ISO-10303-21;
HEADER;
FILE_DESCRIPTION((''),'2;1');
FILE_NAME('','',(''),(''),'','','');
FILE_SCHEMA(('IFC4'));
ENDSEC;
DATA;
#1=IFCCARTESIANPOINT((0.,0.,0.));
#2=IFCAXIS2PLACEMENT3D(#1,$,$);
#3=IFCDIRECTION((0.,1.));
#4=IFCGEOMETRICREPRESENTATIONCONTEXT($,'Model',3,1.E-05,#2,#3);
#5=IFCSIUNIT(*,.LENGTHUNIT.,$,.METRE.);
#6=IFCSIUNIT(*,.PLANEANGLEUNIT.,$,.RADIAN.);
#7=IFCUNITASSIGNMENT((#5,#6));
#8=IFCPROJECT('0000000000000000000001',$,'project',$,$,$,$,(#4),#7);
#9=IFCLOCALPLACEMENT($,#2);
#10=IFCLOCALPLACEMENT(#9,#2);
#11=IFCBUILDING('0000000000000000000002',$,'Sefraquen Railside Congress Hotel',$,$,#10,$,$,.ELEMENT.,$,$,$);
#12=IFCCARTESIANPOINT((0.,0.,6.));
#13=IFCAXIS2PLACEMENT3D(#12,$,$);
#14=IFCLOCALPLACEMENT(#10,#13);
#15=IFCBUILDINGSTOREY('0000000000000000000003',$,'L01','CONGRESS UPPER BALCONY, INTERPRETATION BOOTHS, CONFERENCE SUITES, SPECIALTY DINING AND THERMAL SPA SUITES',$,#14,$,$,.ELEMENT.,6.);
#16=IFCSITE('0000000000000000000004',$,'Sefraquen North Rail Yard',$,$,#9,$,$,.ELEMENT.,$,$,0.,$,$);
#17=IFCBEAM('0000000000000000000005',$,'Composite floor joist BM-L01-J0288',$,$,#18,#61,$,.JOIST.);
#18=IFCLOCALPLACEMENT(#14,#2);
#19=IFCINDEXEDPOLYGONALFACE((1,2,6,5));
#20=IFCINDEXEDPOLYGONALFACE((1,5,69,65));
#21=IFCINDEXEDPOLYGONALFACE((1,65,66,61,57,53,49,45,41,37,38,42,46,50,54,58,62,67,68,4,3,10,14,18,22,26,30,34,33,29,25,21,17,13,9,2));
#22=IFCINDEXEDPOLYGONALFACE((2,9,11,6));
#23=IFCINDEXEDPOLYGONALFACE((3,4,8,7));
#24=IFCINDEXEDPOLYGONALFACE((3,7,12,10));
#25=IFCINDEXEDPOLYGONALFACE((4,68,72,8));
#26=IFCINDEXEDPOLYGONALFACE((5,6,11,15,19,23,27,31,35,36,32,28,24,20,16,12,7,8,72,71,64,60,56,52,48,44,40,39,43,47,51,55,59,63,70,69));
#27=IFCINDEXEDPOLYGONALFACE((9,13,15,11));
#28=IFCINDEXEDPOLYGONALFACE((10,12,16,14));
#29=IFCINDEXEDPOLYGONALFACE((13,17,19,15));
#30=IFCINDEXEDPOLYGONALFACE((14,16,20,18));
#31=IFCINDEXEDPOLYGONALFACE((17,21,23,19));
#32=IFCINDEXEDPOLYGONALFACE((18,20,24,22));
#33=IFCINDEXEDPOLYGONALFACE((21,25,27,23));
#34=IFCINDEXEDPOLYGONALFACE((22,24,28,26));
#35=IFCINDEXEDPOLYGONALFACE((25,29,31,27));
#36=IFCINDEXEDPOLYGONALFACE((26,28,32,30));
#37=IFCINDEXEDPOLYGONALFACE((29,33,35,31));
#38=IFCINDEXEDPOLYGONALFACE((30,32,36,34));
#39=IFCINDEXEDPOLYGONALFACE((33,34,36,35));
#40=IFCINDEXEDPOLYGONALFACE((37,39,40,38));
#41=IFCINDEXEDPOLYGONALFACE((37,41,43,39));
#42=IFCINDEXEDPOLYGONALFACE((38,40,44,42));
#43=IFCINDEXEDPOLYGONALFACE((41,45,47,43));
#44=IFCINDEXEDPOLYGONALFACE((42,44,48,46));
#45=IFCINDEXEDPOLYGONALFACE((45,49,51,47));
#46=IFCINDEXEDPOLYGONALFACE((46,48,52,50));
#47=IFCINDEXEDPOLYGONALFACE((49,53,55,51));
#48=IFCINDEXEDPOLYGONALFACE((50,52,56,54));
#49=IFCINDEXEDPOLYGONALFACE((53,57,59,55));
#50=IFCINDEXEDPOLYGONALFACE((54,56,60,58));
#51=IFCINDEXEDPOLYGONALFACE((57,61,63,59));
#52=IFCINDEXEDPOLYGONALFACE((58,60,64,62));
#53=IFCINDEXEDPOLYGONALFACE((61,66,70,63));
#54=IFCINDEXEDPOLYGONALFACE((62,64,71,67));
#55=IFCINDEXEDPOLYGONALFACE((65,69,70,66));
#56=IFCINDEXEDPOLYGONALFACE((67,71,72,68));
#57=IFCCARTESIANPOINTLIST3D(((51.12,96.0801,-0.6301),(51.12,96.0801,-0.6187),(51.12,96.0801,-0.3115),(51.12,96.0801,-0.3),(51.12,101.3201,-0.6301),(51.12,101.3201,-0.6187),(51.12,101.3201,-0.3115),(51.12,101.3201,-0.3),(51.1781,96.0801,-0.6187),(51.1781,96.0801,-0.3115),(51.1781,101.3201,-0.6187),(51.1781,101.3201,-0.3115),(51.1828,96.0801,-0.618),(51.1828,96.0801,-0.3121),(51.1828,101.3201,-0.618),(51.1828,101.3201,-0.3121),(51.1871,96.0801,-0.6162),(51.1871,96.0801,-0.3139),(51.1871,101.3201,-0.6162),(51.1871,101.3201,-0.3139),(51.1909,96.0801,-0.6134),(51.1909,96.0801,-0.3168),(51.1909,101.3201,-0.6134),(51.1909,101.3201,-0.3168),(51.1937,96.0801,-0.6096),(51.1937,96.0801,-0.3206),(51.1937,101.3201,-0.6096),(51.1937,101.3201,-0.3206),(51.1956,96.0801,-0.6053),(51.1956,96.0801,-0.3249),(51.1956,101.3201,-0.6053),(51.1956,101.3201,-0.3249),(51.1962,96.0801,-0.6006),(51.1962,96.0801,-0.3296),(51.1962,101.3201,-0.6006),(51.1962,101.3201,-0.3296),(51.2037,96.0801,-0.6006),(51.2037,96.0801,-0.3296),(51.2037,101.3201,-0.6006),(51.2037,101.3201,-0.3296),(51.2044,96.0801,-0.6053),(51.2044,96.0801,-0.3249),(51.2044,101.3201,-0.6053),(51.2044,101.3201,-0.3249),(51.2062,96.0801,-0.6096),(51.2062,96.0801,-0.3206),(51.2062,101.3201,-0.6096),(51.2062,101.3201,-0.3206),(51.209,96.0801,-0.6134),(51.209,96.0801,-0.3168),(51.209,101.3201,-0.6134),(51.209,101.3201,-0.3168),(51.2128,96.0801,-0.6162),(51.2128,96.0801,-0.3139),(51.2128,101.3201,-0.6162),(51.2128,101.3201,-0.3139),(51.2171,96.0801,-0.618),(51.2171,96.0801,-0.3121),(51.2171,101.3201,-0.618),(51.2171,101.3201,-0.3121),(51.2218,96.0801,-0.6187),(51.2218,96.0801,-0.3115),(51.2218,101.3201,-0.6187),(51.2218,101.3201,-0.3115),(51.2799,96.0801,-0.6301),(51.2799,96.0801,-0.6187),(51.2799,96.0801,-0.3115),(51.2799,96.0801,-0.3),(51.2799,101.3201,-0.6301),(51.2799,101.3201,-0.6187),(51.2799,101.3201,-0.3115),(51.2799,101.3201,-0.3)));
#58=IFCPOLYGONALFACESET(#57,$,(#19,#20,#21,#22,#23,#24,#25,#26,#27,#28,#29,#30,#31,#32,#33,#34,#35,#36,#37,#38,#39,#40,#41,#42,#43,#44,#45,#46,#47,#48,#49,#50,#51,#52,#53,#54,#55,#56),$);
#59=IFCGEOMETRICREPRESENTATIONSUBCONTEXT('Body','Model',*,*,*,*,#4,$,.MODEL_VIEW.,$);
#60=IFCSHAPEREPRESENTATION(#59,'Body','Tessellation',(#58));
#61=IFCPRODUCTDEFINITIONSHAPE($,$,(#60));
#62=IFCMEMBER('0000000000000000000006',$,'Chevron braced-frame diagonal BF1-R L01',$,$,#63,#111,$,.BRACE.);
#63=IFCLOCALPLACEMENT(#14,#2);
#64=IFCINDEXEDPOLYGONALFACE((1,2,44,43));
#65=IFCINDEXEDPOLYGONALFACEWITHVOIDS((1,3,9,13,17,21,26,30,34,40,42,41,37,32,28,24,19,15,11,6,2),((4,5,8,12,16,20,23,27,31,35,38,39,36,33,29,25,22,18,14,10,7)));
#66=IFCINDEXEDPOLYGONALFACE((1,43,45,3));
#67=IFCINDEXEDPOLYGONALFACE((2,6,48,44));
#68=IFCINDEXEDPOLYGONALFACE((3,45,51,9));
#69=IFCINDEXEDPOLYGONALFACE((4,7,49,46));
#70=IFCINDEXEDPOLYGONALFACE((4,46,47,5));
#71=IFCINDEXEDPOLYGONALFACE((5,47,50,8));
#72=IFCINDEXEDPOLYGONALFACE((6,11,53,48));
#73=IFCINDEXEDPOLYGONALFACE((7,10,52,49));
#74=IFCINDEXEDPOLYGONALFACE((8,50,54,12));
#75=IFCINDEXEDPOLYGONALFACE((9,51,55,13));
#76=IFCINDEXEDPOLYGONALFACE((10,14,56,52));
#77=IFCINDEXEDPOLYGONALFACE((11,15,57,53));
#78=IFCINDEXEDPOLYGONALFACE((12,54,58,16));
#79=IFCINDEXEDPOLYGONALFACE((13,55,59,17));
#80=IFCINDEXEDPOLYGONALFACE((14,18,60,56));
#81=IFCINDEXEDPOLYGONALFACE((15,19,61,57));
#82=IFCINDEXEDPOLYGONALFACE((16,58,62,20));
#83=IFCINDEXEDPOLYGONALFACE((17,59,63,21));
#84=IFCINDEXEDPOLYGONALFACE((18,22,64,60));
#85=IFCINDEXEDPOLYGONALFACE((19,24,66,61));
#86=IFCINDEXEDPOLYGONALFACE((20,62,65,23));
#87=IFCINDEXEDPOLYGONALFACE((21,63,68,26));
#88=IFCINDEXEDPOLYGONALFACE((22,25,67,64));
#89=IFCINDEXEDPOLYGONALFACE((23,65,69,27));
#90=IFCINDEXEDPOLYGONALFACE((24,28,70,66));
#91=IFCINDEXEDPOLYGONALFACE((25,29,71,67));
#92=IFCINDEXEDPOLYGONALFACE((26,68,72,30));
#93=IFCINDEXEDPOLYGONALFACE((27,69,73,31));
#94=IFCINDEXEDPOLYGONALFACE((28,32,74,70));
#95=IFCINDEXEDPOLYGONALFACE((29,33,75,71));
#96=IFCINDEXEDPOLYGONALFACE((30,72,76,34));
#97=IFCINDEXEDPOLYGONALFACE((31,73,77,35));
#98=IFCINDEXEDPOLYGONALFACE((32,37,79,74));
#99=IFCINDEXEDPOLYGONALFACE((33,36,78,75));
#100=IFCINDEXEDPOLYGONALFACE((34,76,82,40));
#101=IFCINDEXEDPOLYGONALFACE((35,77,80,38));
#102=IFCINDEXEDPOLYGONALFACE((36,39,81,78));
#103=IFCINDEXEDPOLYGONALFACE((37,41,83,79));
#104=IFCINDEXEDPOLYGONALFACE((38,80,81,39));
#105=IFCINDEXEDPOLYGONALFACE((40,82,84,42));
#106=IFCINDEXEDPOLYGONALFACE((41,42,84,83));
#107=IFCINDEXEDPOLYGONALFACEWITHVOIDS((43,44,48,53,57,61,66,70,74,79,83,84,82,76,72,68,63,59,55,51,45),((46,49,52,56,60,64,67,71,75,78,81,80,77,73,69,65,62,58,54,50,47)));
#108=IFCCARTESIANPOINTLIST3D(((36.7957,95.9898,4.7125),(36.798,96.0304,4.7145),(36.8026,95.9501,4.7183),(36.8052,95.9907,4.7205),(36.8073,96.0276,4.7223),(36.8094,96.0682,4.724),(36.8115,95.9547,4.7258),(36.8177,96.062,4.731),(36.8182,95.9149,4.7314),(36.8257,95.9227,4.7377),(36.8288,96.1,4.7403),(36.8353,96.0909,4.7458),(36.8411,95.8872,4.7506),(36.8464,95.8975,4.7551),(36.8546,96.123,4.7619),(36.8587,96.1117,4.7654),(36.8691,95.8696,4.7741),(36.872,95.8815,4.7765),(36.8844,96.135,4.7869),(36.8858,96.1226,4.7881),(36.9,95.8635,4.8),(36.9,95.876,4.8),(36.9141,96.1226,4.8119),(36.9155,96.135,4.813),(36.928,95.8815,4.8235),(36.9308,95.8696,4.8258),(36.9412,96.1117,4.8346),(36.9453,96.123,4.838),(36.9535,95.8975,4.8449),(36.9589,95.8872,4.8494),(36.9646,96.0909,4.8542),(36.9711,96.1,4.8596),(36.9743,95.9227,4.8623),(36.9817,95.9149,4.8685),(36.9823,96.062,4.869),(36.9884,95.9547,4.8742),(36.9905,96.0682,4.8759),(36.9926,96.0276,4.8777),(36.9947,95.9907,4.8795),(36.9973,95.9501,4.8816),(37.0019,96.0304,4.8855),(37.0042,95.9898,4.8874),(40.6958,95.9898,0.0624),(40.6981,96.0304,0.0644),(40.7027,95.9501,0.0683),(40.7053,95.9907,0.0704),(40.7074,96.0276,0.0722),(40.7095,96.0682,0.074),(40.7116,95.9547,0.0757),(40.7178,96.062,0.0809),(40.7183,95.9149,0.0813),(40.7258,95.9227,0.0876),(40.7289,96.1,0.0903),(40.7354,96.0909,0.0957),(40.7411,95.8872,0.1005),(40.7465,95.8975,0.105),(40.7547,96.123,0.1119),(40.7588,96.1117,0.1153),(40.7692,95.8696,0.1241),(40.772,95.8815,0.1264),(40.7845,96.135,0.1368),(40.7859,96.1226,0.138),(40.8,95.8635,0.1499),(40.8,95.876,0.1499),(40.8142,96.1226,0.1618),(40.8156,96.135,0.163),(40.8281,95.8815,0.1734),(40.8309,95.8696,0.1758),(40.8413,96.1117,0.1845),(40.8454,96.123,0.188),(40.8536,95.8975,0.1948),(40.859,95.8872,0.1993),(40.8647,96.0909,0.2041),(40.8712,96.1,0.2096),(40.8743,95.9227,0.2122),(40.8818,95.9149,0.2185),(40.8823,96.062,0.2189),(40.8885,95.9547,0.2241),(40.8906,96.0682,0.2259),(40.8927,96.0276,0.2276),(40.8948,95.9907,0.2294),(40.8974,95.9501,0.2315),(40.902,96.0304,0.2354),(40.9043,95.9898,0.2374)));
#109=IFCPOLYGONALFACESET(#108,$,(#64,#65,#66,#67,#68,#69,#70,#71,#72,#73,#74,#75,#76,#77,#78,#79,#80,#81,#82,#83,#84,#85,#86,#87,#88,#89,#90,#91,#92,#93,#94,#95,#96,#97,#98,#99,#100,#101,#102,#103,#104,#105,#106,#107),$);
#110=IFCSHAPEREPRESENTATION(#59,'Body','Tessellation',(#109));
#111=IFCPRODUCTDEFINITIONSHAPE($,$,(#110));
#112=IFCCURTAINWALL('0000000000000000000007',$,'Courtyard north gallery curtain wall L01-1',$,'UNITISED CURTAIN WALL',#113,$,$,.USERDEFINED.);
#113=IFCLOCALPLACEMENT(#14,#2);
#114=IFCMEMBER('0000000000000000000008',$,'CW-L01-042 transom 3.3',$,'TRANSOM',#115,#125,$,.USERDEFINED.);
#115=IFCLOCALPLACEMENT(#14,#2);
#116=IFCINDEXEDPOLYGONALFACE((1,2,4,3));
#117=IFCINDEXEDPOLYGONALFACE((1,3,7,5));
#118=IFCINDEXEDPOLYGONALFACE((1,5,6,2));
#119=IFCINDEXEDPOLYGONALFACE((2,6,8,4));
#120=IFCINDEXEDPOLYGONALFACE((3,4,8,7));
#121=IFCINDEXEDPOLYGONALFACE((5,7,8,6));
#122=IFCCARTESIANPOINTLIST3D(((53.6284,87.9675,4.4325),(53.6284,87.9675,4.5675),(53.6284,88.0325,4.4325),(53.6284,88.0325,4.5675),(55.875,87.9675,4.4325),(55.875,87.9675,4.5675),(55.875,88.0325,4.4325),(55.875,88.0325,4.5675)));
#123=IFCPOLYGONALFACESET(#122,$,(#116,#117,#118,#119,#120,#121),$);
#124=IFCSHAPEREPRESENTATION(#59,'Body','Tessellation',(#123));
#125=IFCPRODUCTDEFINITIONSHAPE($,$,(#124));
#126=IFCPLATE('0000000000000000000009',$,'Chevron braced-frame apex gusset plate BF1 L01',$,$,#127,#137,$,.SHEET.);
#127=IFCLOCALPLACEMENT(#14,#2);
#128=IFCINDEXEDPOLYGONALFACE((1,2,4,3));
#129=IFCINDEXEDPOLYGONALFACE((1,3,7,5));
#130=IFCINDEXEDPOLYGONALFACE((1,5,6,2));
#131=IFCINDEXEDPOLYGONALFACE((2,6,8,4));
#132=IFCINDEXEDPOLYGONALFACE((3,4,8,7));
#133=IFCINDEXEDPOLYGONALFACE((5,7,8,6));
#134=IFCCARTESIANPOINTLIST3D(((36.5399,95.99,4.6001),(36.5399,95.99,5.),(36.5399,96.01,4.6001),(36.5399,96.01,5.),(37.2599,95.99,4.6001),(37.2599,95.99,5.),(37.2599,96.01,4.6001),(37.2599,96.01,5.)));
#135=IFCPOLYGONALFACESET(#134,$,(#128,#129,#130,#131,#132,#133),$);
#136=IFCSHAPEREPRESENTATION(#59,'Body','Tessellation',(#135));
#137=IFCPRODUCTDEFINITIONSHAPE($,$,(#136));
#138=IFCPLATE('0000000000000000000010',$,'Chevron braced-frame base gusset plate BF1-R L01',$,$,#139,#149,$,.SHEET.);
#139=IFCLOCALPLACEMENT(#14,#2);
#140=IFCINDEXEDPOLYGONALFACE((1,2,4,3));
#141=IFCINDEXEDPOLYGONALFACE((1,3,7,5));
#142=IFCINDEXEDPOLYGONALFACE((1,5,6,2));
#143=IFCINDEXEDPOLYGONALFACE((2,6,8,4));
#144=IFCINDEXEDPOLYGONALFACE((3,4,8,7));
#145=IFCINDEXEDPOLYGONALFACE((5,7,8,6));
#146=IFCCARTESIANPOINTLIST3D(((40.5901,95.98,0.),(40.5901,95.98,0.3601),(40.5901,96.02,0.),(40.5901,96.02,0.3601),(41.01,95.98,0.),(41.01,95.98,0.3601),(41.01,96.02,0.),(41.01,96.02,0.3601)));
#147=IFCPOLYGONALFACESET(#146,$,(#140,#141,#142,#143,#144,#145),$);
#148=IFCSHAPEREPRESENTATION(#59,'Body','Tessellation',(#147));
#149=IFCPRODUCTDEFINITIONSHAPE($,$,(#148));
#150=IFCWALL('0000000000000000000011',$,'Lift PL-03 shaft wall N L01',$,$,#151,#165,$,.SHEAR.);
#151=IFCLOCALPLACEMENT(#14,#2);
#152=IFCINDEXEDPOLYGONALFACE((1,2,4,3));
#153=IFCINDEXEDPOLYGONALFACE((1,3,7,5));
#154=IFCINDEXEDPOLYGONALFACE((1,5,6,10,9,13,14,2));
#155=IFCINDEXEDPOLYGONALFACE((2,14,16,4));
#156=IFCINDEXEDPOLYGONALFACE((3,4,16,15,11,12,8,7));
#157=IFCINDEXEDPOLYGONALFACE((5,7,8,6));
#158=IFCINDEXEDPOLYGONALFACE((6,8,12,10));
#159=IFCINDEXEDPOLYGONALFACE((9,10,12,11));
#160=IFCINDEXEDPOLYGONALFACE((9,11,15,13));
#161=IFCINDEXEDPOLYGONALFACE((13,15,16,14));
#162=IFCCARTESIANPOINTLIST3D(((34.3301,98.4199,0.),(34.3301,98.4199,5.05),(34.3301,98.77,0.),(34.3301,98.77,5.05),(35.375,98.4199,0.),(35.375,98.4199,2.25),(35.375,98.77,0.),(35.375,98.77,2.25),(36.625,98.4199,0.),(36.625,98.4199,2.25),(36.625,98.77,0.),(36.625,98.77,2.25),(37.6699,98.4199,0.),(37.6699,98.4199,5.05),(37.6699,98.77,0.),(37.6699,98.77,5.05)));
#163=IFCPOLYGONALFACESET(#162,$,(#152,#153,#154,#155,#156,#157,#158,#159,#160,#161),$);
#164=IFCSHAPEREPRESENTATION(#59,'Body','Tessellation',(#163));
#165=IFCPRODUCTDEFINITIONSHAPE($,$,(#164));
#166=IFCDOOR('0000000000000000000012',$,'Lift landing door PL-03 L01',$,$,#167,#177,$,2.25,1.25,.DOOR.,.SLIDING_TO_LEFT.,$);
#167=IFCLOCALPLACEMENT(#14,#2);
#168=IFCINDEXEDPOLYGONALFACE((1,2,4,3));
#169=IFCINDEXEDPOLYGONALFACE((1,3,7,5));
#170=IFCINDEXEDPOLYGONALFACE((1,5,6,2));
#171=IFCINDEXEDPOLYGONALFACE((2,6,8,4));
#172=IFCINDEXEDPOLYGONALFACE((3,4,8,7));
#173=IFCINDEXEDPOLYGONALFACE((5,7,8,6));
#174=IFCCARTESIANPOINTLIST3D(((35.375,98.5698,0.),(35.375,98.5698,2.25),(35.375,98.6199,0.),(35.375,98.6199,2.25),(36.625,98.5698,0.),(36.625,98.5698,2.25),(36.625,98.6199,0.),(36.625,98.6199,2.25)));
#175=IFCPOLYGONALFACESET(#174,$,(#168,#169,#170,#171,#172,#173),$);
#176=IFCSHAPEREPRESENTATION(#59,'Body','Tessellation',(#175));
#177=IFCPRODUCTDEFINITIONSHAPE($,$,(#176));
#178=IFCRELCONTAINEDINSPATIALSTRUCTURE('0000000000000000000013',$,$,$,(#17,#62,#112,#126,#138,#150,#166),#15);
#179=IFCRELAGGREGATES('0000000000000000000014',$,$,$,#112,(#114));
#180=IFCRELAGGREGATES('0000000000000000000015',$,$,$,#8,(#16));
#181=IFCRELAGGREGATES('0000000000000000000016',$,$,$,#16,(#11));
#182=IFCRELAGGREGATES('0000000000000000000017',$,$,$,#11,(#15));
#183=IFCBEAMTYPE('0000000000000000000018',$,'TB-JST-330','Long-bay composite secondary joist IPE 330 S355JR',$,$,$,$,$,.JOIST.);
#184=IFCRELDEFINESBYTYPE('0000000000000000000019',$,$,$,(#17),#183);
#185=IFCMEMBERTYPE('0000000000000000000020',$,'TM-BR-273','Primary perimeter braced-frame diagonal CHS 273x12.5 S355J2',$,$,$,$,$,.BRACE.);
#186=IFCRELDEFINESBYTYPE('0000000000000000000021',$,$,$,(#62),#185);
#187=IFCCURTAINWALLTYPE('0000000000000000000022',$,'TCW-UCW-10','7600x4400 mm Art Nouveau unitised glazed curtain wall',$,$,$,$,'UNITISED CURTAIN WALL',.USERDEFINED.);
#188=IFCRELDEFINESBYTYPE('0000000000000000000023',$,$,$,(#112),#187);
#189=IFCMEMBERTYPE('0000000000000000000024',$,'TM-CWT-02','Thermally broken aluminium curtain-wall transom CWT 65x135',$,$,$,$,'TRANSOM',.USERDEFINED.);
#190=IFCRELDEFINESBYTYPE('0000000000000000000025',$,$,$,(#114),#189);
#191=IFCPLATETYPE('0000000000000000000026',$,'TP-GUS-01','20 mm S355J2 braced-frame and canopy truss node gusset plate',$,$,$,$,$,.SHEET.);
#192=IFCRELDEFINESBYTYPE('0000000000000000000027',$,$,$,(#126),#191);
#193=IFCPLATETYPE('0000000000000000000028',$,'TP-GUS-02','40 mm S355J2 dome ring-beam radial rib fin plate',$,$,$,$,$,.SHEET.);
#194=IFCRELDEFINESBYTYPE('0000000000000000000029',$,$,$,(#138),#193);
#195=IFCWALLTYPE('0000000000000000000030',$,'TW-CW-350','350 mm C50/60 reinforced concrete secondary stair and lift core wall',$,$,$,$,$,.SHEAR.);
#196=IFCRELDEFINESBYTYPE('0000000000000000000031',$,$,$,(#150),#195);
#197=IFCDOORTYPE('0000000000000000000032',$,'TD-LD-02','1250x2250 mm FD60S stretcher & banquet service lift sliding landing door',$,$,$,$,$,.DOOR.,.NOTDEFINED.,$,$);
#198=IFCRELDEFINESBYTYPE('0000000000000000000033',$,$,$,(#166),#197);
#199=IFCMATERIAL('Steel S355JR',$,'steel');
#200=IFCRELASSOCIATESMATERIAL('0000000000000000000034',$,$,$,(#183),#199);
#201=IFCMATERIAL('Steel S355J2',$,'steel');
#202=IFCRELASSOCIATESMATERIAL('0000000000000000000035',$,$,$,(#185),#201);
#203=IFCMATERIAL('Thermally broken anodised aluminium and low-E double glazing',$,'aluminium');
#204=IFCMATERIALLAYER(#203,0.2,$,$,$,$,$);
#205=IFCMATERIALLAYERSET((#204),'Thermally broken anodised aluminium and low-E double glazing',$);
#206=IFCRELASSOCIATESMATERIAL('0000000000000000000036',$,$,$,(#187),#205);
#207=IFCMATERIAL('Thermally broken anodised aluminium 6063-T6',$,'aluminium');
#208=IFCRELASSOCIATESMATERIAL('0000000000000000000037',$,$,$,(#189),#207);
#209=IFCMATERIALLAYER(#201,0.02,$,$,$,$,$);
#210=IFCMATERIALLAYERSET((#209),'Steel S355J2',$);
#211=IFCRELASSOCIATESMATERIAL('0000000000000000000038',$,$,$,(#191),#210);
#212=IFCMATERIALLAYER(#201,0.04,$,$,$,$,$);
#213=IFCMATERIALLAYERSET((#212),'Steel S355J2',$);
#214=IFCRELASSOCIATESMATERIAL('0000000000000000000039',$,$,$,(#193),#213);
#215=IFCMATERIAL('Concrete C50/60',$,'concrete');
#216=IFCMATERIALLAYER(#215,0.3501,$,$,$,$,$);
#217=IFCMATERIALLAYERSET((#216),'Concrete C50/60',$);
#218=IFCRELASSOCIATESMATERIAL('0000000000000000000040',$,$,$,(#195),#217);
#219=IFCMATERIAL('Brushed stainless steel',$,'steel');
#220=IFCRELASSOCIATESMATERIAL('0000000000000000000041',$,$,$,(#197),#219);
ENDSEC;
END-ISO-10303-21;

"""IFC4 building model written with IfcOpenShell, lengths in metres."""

from ifc_helpers import new_model, si_unit, direction, frame, frame_2d, origin, origin_2d, place, context, subcontext, project, spatial, rectangle, hollow_circle, i_section, extrude, material, layer, layer_set, material_profile, profile_set, type_object, element, fill, aggregate, save


model = new_model("IFC4")

# Units and contexts
model_context = context("Model", 3, precision=1e-05, world=origin(), true_north=direction((0.0, 1.0)))
body_context = subcontext(model_context, "Body", "Model", "MODEL_VIEW")
ifc_project = project(units=[si_unit("LENGTHUNIT", "METRE"), si_unit("PLANEANGLEUNIT", "RADIAN")], contexts=[model_context])

# Site, building, storey
site_placement = place(None, origin())
site = spatial("IfcSite", under=ifc_project, at=site_placement, Name="Sefraquen North Rail Yard", CompositionType="ELEMENT", RefElevation=0.0)
building_placement = place(site_placement, origin())
building = spatial("IfcBuilding", under=site, at=building_placement, Name="Sefraquen Railside Congress Hotel", CompositionType="ELEMENT")
storey_placement = place(building_placement, frame((0.0, 0.0, 6.0)))
storey = spatial("IfcBuildingStorey", under=building, at=storey_placement, Name="L01", Description="CONGRESS UPPER BALCONY, INTERPRETATION BOOTHS, CONFERENCE SUITES, SPECIALTY DINING AND THERMAL SPA SUITES", CompositionType="ELEMENT", Elevation=6.0)

# Shared definitions
ifc_material_1 = material(Name="Steel S355J2", Category="steel")

# Beam
ifc_material_2 = material(Name="Steel S355JR", Category="steel")
ifc_material_profile_1 = material_profile(ifc_material_2, i_section(OverallWidth=0.1599, OverallDepth=0.3301, WebThickness=0.0076, FlangeThickness=0.0115, FilletRadius=0.0181, at=origin_2d()), Name="IPE 330")
ifc_profile_set_1 = profile_set([ifc_material_profile_1], Name="Steel S355JR")
beam_type_1 = type_object("IfcBeamType", Name="TB-JST-330", Description="Long-bay composite secondary joist IPE 330 S355JR", PredefinedType="JOIST", material=ifc_profile_set_1)
beam_1_placement = place(storey_placement, frame((51.2, 96.0801, -0.4651), z_axis=(0.0, 1.0, 0.0), x_axis=(-1.0, 0.0, 0.0)))
element("IfcBeam", 1, at=beam_1_placement, inside=storey, type_object=beam_type_1, Name="Composite floor joist BM-L01-J0288", PredefinedType="JOIST", context=body_context, shape_type="SweptSolid", body=[
    extrude(i_section(OverallWidth=0.1599, OverallDepth=0.3301, WebThickness=0.0076, FlangeThickness=0.0115, FilletRadius=0.0181, at=origin_2d()), origin(), (0.0, 0.0, 1.0), 5.24),
])

# Member
ifc_material_profile_2 = material_profile(ifc_material_1, hollow_circle(Radius=0.1365, WallThickness=0.0125, at=origin_2d()), Name="CHS 273x12.5")
ifc_profile_set_2 = profile_set([ifc_material_profile_2], Name="Steel S355J2")
member_type_1 = type_object("IfcMemberType", Name="TM-BR-273", Description="Primary perimeter braced-frame diagonal CHS 273x12.5 S355J2", PredefinedType="BRACE", material=ifc_profile_set_2)
member_1_placement = place(storey_placement, frame((40.8, 96.0, 0.1499), z_axis=(-0.642615, 0.0, 0.76619), x_axis=(0.0, -1.0, 0.0)))
element("IfcMember", 2, at=member_1_placement, inside=storey, type_object=member_type_1, Name="Chevron braced-frame diagonal BF1-R L01", PredefinedType="BRACE", context=body_context, shape_type="SweptSolid", body=[
    extrude(hollow_circle(Radius=0.1365, WallThickness=0.0125, at=origin_2d()), origin(), (0.0, 0.0, 1.0), 6.0691),
])

# Curtain wall, member
ifc_material_3 = material(Name="Thermally broken anodised aluminium and low-E double glazing", Category="aluminium")
ifc_layer_1 = layer(ifc_material_3, 0.2)
ifc_layer_set_1 = layer_set([ifc_layer_1], Name="Thermally broken anodised aluminium and low-E double glazing")
curtain_wall_type = type_object("IfcCurtainWallType", Name="TCW-UCW-10", Description="7600x4400 mm Art Nouveau unitised glazed curtain wall", ElementType="UNITISED CURTAIN WALL", PredefinedType="USERDEFINED", material=ifc_layer_set_1)
curtain_wall_placement = place(storey_placement, origin())
curtain_wall = element("IfcCurtainWall", 3, at=curtain_wall_placement, inside=storey, type_object=curtain_wall_type, Name="Courtyard north gallery curtain wall L01-1", ObjectType="UNITISED CURTAIN WALL", PredefinedType="USERDEFINED")
ifc_material_4 = material(Name="Thermally broken anodised aluminium 6063-T6", Category="aluminium")
ifc_material_profile_3 = material_profile(ifc_material_4, rectangle(XDim=0.0649, YDim=0.135, at=origin_2d()), Name="CWT 65x135")
ifc_profile_set_3 = profile_set([ifc_material_profile_3], Name="Thermally broken anodised aluminium 6063-T6")
member_type_2 = type_object("IfcMemberType", Name="TM-CWT-02", Description="Thermally broken aluminium curtain-wall transom CWT 65x135", ElementType="TRANSOM", PredefinedType="USERDEFINED", material=ifc_profile_set_3)
member_2_placement = place(storey_placement, frame((53.6284, 88.0, 4.5), z_axis=(1.0, 0.0, 0.0), x_axis=(0.0, 1.0, 0.0)))
member_2 = element("IfcMember", 4, at=member_2_placement, type_object=member_type_2, Name="CW-L01-042 transom 3.3", ObjectType="TRANSOM", PredefinedType="USERDEFINED", context=body_context, shape_type="SweptSolid", body=[
    extrude(rectangle(XDim=0.0649, YDim=0.135, at=origin_2d()), origin(), (0.0, 0.0, 1.0), 2.2466),
])
aggregate(curtain_wall, [member_2])

# Plates
ifc_layer_2 = layer(ifc_material_1, 0.02)
ifc_layer_set_2 = layer_set([ifc_layer_2], Name="Steel S355J2")
plate_type_1 = type_object("IfcPlateType", Name="TP-GUS-01", Description="20 mm S355J2 braced-frame and canopy truss node gusset plate", PredefinedType="SHEET", material=ifc_layer_set_2)
plate_1_placement = place(storey_placement, frame((36.8999, 96.0, 4.6001), z_axis=(0.0, 0.0, 1.0), x_axis=(1.0, 0.0, 0.0)))
element("IfcPlate", 5, at=plate_1_placement, inside=storey, type_object=plate_type_1, Name="Chevron braced-frame apex gusset plate BF1 L01", PredefinedType="SHEET", context=body_context, shape_type="SweptSolid", body=[
    extrude(rectangle(XDim=0.72, YDim=0.02, at=origin_2d()), origin(), (0.0, 0.0, 1.0), 0.3999),
])
ifc_layer_3 = layer(ifc_material_1, 0.04)
ifc_layer_set_3 = layer_set([ifc_layer_3], Name="Steel S355J2")
plate_type_2 = type_object("IfcPlateType", Name="TP-GUS-02", Description="40 mm S355J2 dome ring-beam radial rib fin plate", PredefinedType="SHEET", material=ifc_layer_set_3)
plate_2_placement = place(storey_placement, frame((40.8, 96.0, 0.0), z_axis=(0.0, 0.0, 1.0), x_axis=(1.0, 0.0, 0.0)))
element("IfcPlate", 6, at=plate_2_placement, inside=storey, type_object=plate_type_2, Name="Chevron braced-frame base gusset plate BF1-R L01", PredefinedType="SHEET", context=body_context, shape_type="SweptSolid", body=[
    extrude(rectangle(XDim=0.4199, YDim=0.04, at=origin_2d()), origin(), (0.0, 0.0, 1.0), 0.3601),
])

# Wall, opening, door
ifc_material_5 = material(Name="Concrete C50/60", Category="concrete")
ifc_layer_4 = layer(ifc_material_5, 0.3501)
ifc_layer_set_4 = layer_set([ifc_layer_4], Name="Concrete C50/60")
wall_type_1 = type_object("IfcWallType", Name="TW-CW-350", Description="350 mm C50/60 reinforced concrete secondary stair and lift core wall", PredefinedType="SHEAR", material=ifc_layer_set_4)
wall_1_placement = place(storey_placement, frame((34.3301, 98.595, 0.0), z_axis=(0.0, 0.0, 1.0), x_axis=(1.0, 0.0, 0.0)))
wall_1 = element("IfcWall", 7, at=wall_1_placement, inside=storey, type_object=wall_type_1, Name="Lift PL-03 shaft wall N L01", PredefinedType="SHEAR", context=body_context, shape_type="SweptSolid", body=[
    extrude(rectangle(XDim=3.3398, YDim=0.3501, at=frame_2d((1.6699, 0.0))), origin(), (0.0, 0.0, 1.0), 5.05),
])
opening_1_placement = place(wall_1_placement, frame((1.0449, 0.0, 0.0)))
opening_1 = element("IfcOpeningElement", 8, at=opening_1_placement, cuts=wall_1, PredefinedType="OPENING", context=body_context, shape_type="SweptSolid", body=[
    extrude(rectangle(XDim=1.25, YDim=2.25, at=frame_2d((0.625, 1.125))), frame((0.0, 0.1851, 0.0), z_axis=(0.0, -1.0, 0.0), x_axis=(1.0, 0.0, 0.0)), (0.0, 0.0, 1.0), 0.3701),
])
ifc_material_6 = material(Name="Brushed stainless steel", Category="steel")
door_type = type_object("IfcDoorType", Name="TD-LD-02", Description="1250x2250 mm FD60S stretcher & banquet service lift sliding landing door", OperationType="NOTDEFINED", PredefinedType="DOOR", material=ifc_material_6)
door_1_placement = place(opening_1_placement, origin())
door_1 = element("IfcDoor", 9, at=door_1_placement, inside=storey, type_object=door_type, Name="Lift landing door PL-03 L01", OperationType="SLIDING_TO_LEFT", OverallHeight=2.25, OverallWidth=1.25, PredefinedType="DOOR", context=body_context, shape_type="SweptSolid", body=[
    extrude(rectangle(XDim=1.25, YDim=2.25, at=frame_2d((0.625, 1.125))), frame((0.0, 0.0249, 0.0), z_axis=(0.0, -1.0, 0.0), x_axis=(1.0, 0.0, 0.0)), (0.0, 0.0, 1.0), 0.05),
])
fill(opening_1, door_1)

save(model, "model.ifc")
